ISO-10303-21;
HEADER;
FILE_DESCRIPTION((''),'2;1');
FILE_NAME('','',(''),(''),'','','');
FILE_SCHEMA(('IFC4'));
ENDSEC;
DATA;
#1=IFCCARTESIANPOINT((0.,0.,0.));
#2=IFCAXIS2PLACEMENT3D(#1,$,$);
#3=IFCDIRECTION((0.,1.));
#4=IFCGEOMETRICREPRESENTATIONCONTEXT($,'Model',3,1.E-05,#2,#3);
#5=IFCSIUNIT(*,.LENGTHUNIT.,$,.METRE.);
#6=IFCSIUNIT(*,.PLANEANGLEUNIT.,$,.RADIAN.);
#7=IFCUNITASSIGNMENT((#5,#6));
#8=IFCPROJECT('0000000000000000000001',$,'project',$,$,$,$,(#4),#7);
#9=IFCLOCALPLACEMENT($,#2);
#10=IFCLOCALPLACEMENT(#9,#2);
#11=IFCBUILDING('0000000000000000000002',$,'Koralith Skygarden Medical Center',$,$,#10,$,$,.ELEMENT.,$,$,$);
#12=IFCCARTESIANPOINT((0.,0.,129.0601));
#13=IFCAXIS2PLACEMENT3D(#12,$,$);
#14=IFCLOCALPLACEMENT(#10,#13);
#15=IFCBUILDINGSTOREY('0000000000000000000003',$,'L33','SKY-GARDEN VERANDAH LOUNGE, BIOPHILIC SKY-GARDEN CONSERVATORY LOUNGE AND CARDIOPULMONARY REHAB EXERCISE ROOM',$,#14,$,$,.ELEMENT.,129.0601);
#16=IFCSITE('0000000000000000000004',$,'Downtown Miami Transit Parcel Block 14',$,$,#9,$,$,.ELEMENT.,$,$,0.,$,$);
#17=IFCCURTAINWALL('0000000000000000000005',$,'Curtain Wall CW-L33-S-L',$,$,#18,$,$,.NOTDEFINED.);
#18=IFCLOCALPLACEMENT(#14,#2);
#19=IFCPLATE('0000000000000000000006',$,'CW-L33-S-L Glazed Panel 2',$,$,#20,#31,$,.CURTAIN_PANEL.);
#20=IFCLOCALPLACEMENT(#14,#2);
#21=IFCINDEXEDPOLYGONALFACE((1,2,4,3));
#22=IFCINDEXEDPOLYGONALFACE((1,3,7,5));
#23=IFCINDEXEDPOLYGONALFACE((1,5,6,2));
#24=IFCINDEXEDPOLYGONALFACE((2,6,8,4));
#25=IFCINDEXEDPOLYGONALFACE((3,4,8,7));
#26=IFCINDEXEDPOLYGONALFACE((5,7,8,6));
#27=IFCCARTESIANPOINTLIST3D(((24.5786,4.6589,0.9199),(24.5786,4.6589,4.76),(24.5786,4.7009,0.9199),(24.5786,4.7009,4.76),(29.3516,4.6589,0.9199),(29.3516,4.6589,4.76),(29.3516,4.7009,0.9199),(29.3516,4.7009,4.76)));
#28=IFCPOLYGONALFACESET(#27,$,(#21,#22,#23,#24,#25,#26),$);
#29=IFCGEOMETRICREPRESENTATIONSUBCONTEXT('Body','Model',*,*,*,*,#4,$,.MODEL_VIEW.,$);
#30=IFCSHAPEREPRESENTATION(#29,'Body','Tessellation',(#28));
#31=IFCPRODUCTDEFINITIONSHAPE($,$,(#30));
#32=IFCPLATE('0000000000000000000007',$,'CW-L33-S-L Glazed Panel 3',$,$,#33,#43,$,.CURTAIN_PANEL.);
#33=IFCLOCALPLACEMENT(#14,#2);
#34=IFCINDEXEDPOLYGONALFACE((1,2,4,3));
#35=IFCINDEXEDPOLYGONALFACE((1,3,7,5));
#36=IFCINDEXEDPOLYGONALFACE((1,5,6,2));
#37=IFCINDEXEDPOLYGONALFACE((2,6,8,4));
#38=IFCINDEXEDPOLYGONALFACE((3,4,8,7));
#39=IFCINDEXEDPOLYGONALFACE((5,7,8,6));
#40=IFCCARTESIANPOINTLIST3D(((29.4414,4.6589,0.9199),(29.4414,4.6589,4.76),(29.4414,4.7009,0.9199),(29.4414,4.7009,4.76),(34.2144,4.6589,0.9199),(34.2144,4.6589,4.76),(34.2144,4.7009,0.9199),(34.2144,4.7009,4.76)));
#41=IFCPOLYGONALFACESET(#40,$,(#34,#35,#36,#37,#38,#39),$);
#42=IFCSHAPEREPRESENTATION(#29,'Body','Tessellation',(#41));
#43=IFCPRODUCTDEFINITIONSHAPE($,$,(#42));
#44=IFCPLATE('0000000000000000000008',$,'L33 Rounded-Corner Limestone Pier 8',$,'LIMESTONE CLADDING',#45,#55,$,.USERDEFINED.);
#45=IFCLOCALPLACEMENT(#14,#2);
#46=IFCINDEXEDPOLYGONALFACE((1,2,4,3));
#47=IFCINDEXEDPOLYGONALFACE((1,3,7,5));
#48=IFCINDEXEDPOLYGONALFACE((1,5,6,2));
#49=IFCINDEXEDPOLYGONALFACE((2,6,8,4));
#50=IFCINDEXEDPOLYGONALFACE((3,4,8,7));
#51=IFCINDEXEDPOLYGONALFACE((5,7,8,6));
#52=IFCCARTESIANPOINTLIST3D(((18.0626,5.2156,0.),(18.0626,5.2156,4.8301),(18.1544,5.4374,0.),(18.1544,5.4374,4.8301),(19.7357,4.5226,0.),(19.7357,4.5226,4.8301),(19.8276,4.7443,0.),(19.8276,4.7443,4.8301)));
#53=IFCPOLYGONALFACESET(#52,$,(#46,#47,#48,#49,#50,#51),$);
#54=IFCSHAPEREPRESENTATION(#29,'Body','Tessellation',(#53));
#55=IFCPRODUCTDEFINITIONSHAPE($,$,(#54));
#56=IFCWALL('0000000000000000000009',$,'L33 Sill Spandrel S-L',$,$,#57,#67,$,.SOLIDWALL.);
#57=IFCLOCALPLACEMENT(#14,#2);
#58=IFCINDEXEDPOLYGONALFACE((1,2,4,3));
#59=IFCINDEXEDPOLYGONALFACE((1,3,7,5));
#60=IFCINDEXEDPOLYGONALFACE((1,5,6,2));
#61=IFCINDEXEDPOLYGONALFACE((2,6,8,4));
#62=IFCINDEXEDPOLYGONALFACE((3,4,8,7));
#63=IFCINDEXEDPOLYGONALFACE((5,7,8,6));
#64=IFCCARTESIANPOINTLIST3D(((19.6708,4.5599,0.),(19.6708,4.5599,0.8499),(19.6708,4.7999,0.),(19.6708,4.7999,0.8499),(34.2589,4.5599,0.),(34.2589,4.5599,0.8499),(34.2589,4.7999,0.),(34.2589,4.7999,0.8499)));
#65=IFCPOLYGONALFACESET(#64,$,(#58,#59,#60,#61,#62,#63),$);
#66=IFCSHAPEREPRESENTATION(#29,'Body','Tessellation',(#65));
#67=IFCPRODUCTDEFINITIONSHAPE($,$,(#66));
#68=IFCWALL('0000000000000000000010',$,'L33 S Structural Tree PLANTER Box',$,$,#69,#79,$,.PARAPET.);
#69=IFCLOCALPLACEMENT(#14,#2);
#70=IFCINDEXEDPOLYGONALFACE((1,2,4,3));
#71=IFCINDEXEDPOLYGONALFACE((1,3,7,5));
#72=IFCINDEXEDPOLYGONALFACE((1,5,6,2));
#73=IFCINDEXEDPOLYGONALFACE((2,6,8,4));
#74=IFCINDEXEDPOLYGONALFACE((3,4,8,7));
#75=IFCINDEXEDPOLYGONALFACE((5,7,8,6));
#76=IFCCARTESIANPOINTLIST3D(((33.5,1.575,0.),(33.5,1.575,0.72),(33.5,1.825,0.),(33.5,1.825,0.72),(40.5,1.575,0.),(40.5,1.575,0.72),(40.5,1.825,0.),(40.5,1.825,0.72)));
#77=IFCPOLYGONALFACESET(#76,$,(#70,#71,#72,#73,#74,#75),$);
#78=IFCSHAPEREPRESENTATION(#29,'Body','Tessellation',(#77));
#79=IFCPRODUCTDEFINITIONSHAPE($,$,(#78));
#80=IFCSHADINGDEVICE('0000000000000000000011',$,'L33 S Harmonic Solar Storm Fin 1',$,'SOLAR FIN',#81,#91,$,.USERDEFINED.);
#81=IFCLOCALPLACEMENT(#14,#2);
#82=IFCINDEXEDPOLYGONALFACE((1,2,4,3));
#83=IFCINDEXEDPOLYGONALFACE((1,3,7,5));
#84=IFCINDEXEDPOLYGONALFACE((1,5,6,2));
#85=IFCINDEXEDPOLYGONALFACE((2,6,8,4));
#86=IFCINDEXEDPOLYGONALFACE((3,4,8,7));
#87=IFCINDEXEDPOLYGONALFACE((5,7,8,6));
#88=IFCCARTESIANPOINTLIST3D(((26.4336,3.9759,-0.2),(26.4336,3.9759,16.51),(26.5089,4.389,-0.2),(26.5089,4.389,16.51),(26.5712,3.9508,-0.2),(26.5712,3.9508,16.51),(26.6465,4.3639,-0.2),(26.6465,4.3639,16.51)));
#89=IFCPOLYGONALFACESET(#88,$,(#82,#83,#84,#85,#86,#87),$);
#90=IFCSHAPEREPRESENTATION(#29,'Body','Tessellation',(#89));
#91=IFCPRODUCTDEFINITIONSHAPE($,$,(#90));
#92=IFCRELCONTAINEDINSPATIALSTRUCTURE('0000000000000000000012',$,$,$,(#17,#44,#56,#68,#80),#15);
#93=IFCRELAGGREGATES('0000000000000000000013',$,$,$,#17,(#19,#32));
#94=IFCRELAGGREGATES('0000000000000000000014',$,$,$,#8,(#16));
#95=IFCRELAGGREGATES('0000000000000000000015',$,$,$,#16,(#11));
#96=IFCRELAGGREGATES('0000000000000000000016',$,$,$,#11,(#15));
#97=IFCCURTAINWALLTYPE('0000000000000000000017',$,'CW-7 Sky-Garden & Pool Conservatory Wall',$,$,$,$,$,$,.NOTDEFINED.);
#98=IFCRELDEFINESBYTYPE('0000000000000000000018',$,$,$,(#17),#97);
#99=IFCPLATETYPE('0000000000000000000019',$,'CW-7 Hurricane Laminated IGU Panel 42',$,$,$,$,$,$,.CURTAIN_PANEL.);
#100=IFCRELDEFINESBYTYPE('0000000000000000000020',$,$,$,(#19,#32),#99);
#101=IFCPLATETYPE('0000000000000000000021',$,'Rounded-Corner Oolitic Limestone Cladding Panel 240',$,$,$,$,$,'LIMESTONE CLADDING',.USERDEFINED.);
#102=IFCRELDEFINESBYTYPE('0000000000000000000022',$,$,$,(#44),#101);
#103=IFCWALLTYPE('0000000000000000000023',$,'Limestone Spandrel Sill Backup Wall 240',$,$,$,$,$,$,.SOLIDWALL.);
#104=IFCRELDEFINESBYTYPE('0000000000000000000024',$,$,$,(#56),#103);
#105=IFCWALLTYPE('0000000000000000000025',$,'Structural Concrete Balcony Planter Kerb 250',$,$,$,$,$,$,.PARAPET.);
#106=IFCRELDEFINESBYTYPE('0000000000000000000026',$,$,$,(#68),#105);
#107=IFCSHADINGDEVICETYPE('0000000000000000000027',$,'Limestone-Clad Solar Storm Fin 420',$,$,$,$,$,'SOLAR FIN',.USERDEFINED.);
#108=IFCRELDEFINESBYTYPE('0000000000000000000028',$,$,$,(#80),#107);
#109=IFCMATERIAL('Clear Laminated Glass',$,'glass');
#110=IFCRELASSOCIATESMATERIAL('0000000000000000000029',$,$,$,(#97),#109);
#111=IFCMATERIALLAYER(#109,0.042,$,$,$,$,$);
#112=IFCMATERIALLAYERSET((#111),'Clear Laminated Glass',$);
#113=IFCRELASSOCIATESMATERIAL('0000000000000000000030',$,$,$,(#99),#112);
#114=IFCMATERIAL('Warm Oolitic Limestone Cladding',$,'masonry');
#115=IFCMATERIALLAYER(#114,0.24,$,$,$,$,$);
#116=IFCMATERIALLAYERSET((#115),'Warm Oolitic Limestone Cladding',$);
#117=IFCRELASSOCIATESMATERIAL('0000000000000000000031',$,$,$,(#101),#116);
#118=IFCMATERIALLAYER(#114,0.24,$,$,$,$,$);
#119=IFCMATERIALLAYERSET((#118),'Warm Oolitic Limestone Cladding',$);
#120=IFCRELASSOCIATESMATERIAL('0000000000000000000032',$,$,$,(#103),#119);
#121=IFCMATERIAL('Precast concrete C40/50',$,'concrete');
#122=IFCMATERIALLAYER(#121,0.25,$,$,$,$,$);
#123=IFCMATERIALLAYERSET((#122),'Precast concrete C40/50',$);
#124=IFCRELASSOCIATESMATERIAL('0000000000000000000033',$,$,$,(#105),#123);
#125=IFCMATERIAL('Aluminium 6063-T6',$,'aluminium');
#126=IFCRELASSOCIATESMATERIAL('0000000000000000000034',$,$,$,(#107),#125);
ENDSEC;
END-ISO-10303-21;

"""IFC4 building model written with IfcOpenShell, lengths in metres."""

from ifc_helpers import new_model, si_unit, direction, frame, frame_2d, origin, origin_2d, place, context, subcontext, project, spatial, rectangle, extrude, material, layer, layer_set, type_object, element, aggregate, save


model = new_model("IFC4")

# Units and contexts
model_context = context("Model", 3, precision=1e-05, world=origin(), true_north=direction((0.0, 1.0)))
body_context = subcontext(model_context, "Body", "Model", "MODEL_VIEW")
ifc_project = project(units=[si_unit("LENGTHUNIT", "METRE"), si_unit("PLANEANGLEUNIT", "RADIAN")], contexts=[model_context])

# Site, building, storey
site_placement = place(None, origin())
site = spatial("IfcSite", under=ifc_project, at=site_placement, Name="Downtown Miami Transit Parcel Block 14", CompositionType="ELEMENT", RefElevation=0.0)
building_placement = place(site_placement, origin())
building = spatial("IfcBuilding", under=site, at=building_placement, Name="Koralith Skygarden Medical Center", CompositionType="ELEMENT")
storey_placement = place(building_placement, frame((0.0, 0.0, 129.0601)))
storey = spatial("IfcBuildingStorey", under=building, at=storey_placement, Name="L33", Description="SKY-GARDEN VERANDAH LOUNGE, BIOPHILIC SKY-GARDEN CONSERVATORY LOUNGE AND CARDIOPULMONARY REHAB EXERCISE ROOM", CompositionType="ELEMENT", Elevation=129.0601)

# Curtain wall
ifc_material_1 = material(Name="Clear Laminated Glass", Category="glass")
curtain_wall_type = type_object("IfcCurtainWallType", Name="CW-7 Sky-Garden & Pool Conservatory Wall", PredefinedType="NOTDEFINED", material=ifc_material_1)
curtain_wall_placement = place(storey_placement, origin())
curtain_wall = element("IfcCurtainWall", 1, at=curtain_wall_placement, inside=storey, type_object=curtain_wall_type, Name="Curtain Wall CW-L33-S-L", PredefinedType="NOTDEFINED")
ifc_material_2 = material(Name="Aluminium 6063-T6", Category="aluminium")

# Plates
ifc_layer_1 = layer(ifc_material_1, 0.042)
ifc_layer_set_1 = layer_set([ifc_layer_1], Name="Clear Laminated Glass")
plate_type_1 = type_object("IfcPlateType", Name="CW-7 Hurricane Laminated IGU Panel 42", PredefinedType="CURTAIN_PANEL", material=ifc_layer_set_1)
plate_1_placement = place(storey_placement, frame((26.9651, 4.6799, 0.9199), z_axis=(0.0, 0.0, 1.0), x_axis=(1.0, 0.0, 0.0)))
plate_1 = element("IfcPlate", 2, at=plate_1_placement, type_object=plate_type_1, Name="CW-L33-S-L Glazed Panel 2", PredefinedType="CURTAIN_PANEL", context=body_context, shape_type="SweptSolid", body=[
    extrude(rectangle(XDim=4.7729, YDim=0.042, at=origin_2d()), origin(), (0.0, 0.0, 1.0), 3.8401),
])
plate_2_placement = place(storey_placement, frame((31.8279, 4.6799, 0.9199), z_axis=(0.0, 0.0, 1.0), x_axis=(1.0, 0.0, 0.0)))
plate_2 = element("IfcPlate", 3, at=plate_2_placement, type_object=plate_type_1, Name="CW-L33-S-L Glazed Panel 3", PredefinedType="CURTAIN_PANEL", context=body_context, shape_type="SweptSolid", body=[
    extrude(rectangle(XDim=4.7729, YDim=0.042, at=origin_2d()), origin(), (0.0, 0.0, 1.0), 3.8401),
])
aggregate(curtain_wall, [plate_1, plate_2])
ifc_material_3 = material(Name="Warm Oolitic Limestone Cladding", Category="masonry")
ifc_layer_2 = layer(ifc_material_3, 0.24)
ifc_layer_set_2 = layer_set([ifc_layer_2], Name="Warm Oolitic Limestone Cladding")
plate_type_2 = type_object("IfcPlateType", Name="Rounded-Corner Oolitic Limestone Cladding Panel 240", ElementType="LIMESTONE CLADDING", PredefinedType="USERDEFINED", material=ifc_layer_set_2)
plate_3_placement = place(storey_placement, frame((18.9451, 4.98, 0.0), z_axis=(0.0, 0.0, 1.0), x_axis=(0.923885, -0.382671, 0.0)))
element("IfcPlate", 4, at=plate_3_placement, inside=storey, type_object=plate_type_2, Name="L33 Rounded-Corner Limestone Pier 8", ObjectType="LIMESTONE CLADDING", PredefinedType="USERDEFINED", context=body_context, shape_type="SweptSolid", body=[
    extrude(rectangle(XDim=1.811, YDim=0.24, at=origin_2d()), origin(), (0.0, 0.0, 1.0), 4.8301),
])

# Walls
ifc_layer_3 = layer(ifc_material_3, 0.24)
ifc_layer_set_3 = layer_set([ifc_layer_3], Name="Warm Oolitic Limestone Cladding")
wall_type_1 = type_object("IfcWallType", Name="Limestone Spandrel Sill Backup Wall 240", PredefinedType="SOLIDWALL", material=ifc_layer_set_3)
wall_1_placement = place(storey_placement, frame((19.6709, 4.6799, 0.0), z_axis=(0.0, 0.0, 1.0), x_axis=(1.0, 0.0, 0.0)))
element("IfcWall", 5, at=wall_1_placement, inside=storey, type_object=wall_type_1, Name="L33 Sill Spandrel S-L", PredefinedType="SOLIDWALL", context=body_context, shape_type="SweptSolid", body=[
    extrude(rectangle(XDim=14.5881, YDim=0.24, at=frame_2d((7.2939, 0.0))), origin(), (0.0, 0.0, 1.0), 0.8499),
])
ifc_material_4 = material(Name="Precast concrete C40/50", Category="concrete")
ifc_layer_4 = layer(ifc_material_4, 0.25)
ifc_layer_set_4 = layer_set([ifc_layer_4], Name="Precast concrete C40/50")
wall_type_2 = type_object("IfcWallType", Name="Structural Concrete Balcony Planter Kerb 250", PredefinedType="PARAPET", material=ifc_layer_set_4)
wall_2_placement = place(storey_placement, frame((33.5, 1.7, 0.0), z_axis=(0.0, 0.0, 1.0), x_axis=(1.0, 0.0, 0.0)))
element("IfcWall", 6, at=wall_2_placement, inside=storey, type_object=wall_type_2, Name="L33 S Structural Tree PLANTER Box", PredefinedType="PARAPET", context=body_context, shape_type="SweptSolid", body=[
    extrude(rectangle(XDim=7.0, YDim=0.25, at=frame_2d((3.5, 0.0))), origin(), (0.0, 0.0, 1.0), 0.72),
])

# Shading device
shading_device_type = type_object("IfcShadingDeviceType", Name="Limestone-Clad Solar Storm Fin 420", ElementType="SOLAR FIN", PredefinedType="USERDEFINED", material=ifc_material_2)
shading_device_placement = place(storey_placement, frame((26.54, 4.1699, -0.2), z_axis=(0.0, 0.0, 1.0), x_axis=(-0.1793, -0.983794, 0.0)))
element("IfcShadingDevice", 7, at=shading_device_placement, inside=storey, type_object=shading_device_type, Name="L33 S Harmonic Solar Storm Fin 1", ObjectType="SOLAR FIN", PredefinedType="USERDEFINED", context=body_context, shape_type="SweptSolid", body=[
    extrude(rectangle(XDim=0.4199, YDim=0.1399, at=origin_2d()), origin(), (0.0, 0.0, 1.0), 16.71),
])

save(model, "model.ifc")
